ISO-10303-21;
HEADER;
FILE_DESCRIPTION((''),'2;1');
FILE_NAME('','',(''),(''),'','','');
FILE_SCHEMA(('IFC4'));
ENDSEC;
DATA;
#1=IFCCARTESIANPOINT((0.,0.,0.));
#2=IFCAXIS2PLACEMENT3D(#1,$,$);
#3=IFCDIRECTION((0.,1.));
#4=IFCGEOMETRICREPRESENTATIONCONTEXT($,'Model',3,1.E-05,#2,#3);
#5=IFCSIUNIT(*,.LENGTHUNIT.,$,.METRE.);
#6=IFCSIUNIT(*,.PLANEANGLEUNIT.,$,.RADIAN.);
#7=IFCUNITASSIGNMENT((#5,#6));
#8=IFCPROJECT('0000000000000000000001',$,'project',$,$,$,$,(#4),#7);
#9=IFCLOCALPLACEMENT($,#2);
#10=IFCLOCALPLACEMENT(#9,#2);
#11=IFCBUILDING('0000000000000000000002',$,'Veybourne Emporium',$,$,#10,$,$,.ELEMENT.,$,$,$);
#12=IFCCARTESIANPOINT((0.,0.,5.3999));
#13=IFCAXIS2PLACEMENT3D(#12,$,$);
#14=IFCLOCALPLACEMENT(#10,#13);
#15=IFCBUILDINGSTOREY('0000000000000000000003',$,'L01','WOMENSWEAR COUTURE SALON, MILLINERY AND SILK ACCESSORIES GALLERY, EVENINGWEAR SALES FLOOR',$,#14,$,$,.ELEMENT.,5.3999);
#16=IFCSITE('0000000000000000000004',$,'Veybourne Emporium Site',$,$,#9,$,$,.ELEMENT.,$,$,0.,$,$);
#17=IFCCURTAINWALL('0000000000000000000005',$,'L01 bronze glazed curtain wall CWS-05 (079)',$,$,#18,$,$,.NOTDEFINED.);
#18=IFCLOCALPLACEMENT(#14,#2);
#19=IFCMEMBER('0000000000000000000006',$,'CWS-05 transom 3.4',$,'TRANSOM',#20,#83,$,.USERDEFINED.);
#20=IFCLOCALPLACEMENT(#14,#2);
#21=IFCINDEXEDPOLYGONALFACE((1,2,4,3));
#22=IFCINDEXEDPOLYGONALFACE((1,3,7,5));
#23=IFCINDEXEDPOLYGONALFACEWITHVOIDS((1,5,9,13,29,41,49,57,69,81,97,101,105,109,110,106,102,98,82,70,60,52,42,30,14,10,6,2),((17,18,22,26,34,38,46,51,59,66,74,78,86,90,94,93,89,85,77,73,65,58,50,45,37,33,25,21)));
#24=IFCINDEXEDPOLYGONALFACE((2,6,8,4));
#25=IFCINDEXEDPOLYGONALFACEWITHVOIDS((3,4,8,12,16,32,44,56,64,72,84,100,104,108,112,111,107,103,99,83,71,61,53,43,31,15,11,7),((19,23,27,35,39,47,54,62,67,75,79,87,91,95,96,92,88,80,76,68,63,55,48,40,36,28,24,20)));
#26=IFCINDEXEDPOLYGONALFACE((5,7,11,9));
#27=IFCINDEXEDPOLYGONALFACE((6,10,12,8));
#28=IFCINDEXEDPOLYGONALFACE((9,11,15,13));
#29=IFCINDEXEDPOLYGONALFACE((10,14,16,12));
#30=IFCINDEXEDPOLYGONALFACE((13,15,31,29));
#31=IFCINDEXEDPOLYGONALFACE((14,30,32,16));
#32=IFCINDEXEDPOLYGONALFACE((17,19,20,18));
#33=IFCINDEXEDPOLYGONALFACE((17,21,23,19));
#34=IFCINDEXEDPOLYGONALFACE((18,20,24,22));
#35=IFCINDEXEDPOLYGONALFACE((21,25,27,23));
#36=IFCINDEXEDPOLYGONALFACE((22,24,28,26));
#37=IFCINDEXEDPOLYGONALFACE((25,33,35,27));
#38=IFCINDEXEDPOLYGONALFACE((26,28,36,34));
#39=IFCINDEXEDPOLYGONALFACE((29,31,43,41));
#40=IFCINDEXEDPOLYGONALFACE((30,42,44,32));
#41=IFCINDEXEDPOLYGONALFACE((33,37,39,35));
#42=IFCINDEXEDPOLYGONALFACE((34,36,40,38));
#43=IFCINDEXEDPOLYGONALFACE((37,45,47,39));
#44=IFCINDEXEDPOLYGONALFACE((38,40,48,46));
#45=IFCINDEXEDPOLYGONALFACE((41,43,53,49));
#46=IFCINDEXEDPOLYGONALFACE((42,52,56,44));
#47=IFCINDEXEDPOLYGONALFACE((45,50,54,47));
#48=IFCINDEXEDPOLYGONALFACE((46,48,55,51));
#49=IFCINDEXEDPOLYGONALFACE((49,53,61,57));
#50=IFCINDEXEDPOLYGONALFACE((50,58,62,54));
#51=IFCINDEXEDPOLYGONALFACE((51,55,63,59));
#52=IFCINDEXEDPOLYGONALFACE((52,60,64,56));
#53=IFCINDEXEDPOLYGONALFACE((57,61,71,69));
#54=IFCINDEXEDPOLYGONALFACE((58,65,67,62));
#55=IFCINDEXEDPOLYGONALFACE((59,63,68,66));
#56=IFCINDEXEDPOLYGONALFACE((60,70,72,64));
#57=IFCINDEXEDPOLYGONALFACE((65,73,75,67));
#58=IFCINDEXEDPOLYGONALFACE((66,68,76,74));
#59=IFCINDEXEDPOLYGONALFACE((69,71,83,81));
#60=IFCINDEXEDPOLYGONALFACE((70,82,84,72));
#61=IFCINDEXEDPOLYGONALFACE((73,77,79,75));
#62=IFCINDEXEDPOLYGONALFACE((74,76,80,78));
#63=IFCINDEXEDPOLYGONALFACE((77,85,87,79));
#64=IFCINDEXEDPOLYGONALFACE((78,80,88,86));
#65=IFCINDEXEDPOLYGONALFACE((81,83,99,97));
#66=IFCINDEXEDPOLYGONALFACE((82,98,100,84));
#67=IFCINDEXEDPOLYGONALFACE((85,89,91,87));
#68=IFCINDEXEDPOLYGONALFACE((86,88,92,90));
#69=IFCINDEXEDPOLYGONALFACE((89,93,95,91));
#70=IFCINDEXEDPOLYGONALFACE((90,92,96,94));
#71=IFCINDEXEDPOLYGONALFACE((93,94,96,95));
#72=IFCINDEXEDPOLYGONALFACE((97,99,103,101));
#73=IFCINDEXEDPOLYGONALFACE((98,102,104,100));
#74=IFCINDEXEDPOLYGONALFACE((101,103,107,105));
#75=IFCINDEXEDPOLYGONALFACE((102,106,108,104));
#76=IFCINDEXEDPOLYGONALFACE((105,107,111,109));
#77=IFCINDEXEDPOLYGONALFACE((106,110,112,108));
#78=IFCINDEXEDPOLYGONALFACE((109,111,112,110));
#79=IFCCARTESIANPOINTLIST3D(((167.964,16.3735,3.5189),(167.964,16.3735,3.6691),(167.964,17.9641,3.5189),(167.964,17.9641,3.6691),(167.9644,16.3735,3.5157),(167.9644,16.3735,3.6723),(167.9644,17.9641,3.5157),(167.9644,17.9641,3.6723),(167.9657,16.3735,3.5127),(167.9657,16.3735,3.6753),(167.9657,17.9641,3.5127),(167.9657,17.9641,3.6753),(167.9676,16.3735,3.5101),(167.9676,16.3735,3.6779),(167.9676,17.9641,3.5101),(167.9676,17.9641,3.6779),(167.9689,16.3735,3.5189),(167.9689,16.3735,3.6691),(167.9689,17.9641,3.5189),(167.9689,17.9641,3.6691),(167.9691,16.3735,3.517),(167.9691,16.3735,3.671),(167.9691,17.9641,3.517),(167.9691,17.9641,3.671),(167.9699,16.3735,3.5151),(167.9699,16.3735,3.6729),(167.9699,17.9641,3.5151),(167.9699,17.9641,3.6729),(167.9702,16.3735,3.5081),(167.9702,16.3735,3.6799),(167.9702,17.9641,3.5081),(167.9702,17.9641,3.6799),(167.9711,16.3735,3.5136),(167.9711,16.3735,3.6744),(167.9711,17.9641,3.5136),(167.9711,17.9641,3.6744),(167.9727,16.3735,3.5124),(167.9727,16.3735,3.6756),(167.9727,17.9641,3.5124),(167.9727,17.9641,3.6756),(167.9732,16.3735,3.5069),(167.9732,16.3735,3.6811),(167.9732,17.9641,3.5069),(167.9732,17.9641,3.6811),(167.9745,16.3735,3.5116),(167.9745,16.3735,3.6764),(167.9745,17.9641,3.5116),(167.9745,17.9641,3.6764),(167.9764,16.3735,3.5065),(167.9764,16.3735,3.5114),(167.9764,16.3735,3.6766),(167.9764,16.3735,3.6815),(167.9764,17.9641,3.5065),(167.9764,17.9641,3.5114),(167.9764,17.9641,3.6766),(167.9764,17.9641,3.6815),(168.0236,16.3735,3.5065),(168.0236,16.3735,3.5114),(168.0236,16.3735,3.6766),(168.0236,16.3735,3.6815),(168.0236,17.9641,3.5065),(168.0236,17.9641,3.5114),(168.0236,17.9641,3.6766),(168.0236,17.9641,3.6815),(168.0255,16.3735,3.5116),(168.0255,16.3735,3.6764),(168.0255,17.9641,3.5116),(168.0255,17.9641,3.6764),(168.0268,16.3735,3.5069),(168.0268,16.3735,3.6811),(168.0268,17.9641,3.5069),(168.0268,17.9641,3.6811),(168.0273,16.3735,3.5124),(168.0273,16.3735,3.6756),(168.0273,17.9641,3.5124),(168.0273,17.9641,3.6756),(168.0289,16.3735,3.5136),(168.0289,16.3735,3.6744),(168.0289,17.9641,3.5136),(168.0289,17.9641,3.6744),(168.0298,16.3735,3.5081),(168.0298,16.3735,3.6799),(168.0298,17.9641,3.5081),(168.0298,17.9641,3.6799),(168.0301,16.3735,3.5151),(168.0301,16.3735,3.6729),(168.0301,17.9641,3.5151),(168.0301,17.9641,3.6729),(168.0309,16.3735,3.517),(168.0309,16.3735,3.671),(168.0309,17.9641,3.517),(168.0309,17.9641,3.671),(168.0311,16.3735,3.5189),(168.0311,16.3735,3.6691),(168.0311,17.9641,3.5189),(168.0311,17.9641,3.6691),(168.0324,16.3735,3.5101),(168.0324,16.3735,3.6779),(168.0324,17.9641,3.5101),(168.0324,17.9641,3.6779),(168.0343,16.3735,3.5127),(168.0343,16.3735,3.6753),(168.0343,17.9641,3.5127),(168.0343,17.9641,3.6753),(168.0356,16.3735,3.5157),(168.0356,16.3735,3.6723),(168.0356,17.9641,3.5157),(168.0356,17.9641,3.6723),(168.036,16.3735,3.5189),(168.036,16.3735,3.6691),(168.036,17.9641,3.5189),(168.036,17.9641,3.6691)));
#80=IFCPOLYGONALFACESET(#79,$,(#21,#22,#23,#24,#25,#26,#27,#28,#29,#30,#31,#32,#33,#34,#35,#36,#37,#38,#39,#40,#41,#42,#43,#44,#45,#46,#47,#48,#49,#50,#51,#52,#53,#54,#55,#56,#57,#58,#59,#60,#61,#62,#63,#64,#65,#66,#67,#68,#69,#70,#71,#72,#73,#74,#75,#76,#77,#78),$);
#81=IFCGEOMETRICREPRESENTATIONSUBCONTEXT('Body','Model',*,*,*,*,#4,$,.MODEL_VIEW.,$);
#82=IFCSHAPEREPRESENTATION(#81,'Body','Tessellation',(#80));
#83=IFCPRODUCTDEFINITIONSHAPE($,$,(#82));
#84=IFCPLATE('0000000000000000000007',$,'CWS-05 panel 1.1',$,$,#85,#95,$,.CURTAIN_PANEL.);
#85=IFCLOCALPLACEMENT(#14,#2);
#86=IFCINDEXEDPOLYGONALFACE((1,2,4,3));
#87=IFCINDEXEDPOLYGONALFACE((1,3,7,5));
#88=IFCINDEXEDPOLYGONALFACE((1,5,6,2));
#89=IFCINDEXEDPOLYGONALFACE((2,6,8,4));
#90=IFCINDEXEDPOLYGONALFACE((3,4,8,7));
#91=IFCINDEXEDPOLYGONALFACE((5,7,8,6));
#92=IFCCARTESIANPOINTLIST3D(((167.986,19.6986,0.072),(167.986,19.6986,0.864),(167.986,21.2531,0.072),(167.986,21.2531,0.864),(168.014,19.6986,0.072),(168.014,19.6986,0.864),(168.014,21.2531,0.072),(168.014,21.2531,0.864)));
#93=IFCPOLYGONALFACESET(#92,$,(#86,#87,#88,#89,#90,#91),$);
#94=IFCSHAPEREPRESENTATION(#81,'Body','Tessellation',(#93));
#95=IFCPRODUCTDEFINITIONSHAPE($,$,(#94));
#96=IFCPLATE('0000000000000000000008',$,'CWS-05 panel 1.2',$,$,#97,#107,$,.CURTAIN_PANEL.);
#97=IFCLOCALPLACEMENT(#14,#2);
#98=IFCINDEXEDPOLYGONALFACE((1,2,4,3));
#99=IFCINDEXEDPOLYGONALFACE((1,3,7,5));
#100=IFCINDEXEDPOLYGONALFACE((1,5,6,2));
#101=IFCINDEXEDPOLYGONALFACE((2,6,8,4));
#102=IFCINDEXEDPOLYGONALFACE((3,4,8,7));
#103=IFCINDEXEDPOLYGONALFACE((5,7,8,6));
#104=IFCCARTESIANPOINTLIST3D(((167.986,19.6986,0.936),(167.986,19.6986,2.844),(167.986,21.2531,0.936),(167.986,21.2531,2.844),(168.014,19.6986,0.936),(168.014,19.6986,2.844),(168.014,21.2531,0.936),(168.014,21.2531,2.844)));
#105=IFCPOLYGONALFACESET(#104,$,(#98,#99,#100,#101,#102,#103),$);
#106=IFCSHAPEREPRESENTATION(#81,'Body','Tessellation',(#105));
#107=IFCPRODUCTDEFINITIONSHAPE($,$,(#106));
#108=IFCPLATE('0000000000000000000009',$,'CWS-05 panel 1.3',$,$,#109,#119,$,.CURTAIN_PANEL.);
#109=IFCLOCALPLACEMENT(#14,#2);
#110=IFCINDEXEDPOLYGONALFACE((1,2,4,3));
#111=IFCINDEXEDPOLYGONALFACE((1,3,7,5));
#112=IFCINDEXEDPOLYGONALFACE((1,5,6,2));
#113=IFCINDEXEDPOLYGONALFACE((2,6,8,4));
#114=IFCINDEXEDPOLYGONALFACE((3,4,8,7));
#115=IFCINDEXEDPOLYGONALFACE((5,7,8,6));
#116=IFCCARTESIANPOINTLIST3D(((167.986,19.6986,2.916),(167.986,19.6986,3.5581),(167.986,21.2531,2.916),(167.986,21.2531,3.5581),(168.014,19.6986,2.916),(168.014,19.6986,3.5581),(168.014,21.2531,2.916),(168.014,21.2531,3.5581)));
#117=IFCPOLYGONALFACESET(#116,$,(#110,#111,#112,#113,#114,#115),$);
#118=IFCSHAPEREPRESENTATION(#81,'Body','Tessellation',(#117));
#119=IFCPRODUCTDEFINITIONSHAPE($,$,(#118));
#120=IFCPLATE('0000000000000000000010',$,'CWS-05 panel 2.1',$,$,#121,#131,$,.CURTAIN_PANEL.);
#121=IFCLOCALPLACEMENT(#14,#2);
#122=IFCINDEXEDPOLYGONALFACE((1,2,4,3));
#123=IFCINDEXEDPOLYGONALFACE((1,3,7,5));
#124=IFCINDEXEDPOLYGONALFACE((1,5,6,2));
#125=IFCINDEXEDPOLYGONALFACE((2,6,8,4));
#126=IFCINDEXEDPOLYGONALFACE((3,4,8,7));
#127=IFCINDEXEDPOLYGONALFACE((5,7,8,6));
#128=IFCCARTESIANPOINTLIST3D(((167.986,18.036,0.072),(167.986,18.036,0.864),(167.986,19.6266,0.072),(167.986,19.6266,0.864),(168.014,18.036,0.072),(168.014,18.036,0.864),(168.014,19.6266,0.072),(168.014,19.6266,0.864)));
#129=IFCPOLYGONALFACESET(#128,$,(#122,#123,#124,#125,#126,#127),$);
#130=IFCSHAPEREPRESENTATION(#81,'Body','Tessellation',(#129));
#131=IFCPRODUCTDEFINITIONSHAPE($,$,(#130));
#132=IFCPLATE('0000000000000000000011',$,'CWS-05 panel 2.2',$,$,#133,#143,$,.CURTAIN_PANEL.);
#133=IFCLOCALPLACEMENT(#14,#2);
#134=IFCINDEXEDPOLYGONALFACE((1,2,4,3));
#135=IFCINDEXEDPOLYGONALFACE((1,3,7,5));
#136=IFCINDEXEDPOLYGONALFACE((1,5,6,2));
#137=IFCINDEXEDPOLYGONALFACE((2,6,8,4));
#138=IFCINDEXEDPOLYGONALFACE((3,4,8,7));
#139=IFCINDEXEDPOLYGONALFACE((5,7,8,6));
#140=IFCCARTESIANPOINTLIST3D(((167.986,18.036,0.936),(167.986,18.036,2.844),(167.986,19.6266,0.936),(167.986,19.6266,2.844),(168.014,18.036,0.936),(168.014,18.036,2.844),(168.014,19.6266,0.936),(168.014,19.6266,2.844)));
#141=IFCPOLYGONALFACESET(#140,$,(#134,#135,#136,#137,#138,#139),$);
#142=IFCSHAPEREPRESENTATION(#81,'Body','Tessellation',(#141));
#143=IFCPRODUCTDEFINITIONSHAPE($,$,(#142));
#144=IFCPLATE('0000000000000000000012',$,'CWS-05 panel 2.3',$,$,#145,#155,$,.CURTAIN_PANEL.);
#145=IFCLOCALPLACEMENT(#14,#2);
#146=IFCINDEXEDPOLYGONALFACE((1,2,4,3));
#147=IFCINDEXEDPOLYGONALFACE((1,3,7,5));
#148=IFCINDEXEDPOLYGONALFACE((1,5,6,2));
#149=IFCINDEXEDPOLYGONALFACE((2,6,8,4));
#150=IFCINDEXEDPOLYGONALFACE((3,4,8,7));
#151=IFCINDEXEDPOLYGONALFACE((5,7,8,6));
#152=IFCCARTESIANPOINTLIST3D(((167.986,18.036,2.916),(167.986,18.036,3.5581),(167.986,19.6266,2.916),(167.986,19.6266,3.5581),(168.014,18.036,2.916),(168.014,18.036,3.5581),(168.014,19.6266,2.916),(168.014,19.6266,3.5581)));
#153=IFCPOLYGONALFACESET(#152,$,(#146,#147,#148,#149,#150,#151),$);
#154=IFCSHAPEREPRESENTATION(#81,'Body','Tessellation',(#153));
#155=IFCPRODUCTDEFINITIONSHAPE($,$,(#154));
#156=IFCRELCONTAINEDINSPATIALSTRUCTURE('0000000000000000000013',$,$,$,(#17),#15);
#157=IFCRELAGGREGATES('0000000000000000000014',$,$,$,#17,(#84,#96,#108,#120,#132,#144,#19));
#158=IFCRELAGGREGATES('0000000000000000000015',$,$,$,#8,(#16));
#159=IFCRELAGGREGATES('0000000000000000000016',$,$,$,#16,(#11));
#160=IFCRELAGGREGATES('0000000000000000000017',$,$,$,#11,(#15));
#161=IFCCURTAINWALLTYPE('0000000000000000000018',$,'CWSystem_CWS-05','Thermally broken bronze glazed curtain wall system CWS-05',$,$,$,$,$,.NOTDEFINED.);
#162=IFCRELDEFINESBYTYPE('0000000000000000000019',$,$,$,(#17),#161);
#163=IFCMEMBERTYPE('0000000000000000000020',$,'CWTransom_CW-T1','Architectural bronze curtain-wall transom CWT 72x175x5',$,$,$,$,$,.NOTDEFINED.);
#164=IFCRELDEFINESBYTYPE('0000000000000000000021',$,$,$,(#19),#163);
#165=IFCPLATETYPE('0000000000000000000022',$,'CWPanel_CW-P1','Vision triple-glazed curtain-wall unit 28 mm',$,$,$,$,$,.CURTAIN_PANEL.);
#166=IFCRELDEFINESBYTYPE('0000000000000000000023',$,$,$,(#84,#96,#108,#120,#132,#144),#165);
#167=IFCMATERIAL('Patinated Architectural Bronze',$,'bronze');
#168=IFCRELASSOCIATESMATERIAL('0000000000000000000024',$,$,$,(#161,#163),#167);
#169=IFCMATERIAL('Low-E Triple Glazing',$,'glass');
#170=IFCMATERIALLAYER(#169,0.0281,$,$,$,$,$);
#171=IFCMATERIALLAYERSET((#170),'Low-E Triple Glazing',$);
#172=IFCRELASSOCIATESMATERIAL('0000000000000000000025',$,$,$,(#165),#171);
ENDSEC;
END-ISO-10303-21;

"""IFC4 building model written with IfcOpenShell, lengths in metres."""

from ifc_helpers import new_model, si_unit, direction, frame, origin, origin_2d, place, context, subcontext, project, spatial, rectangle, hollow_rectangle, extrude, material, layer, layer_set, material_profile, profile_set, type_object, element, aggregate, save


model = new_model("IFC4")

# Units and contexts
model_context = context("Model", 3, precision=1e-05, world=origin(), true_north=direction((0.0, 1.0)))
body_context = subcontext(model_context, "Body", "Model", "MODEL_VIEW")
ifc_project = project(units=[si_unit("LENGTHUNIT", "METRE"), si_unit("PLANEANGLEUNIT", "RADIAN")], contexts=[model_context])

# Site, building, storey
site_placement = place(None, origin())
site = spatial("IfcSite", under=ifc_project, at=site_placement, Name="Veybourne Emporium Site", CompositionType="ELEMENT", RefElevation=0.0)
building_placement = place(site_placement, origin())
building = spatial("IfcBuilding", under=site, at=building_placement, Name="Veybourne Emporium", CompositionType="ELEMENT")
storey_placement = place(building_placement, frame((0.0, 0.0, 5.3999)))
storey = spatial("IfcBuildingStorey", under=building, at=storey_placement, Name="L01", Description="WOMENSWEAR COUTURE SALON, MILLINERY AND SILK ACCESSORIES GALLERY, EVENINGWEAR SALES FLOOR", CompositionType="ELEMENT", Elevation=5.3999)

# Curtain wall, member, plates
ifc_material_1 = material(Name="Patinated Architectural Bronze", Category="bronze")
curtain_wall_type = type_object("IfcCurtainWallType", Name="CWSystem_CWS-05", Description="Thermally broken bronze glazed curtain wall system CWS-05", PredefinedType="NOTDEFINED", material=ifc_material_1)
curtain_wall_placement = place(storey_placement, origin())
curtain_wall = element("IfcCurtainWall", 1, at=curtain_wall_placement, inside=storey, type_object=curtain_wall_type, Name="L01 bronze glazed curtain wall CWS-05 (079)", PredefinedType="NOTDEFINED")
ifc_material_profile_1 = material_profile(ifc_material_1, hollow_rectangle(XDim=0.072, YDim=0.175, WallThickness=0.0049, InnerFilletRadius=0.0076, OuterFilletRadius=0.0125, at=origin_2d()), Name="CWT 72x175x5")
ifc_profile_set_1 = profile_set([ifc_material_profile_1], Name="Patinated Architectural Bronze")
member_type_1 = type_object("IfcMemberType", Name="CWTransom_CW-T1", Description="Architectural bronze curtain-wall transom CWT 72x175x5", PredefinedType="NOTDEFINED", material=ifc_profile_set_1)
member_1_placement = place(storey_placement, frame((168.0, 17.9641, 3.594), z_axis=(0.0, -1.0, 0.0), x_axis=(1.0, 0.0, 0.0)))
member_1 = element("IfcMember", 2, at=member_1_placement, type_object=member_type_1, Name="CWS-05 transom 3.4", ObjectType="TRANSOM", PredefinedType="USERDEFINED", context=body_context, shape_type="SweptSolid", body=[
    extrude(hollow_rectangle(XDim=0.072, YDim=0.175, WallThickness=0.0049, InnerFilletRadius=0.0076, OuterFilletRadius=0.0125, at=origin_2d()), origin(), (0.0, 0.0, 1.0), 1.5906),
])
ifc_material_2 = material(Name="Low-E Triple Glazing", Category="glass")
ifc_layer_1 = layer(ifc_material_2, 0.0281)
ifc_layer_set_1 = layer_set([ifc_layer_1], Name="Low-E Triple Glazing")
plate_type = type_object("IfcPlateType", Name="CWPanel_CW-P1", Description="Vision triple-glazed curtain-wall unit 28 mm", PredefinedType="CURTAIN_PANEL", material=ifc_layer_set_1)
plate_1_placement = place(storey_placement, frame((168.0, 20.4758, 0.072), z_axis=(0.0, 0.0, 1.0), x_axis=(0.0, -1.0, 0.0)))
plate_1 = element("IfcPlate", 3, at=plate_1_placement, type_object=plate_type, Name="CWS-05 panel 1.1", PredefinedType="CURTAIN_PANEL", context=body_context, shape_type="SweptSolid", body=[
    extrude(rectangle(XDim=1.5544, YDim=0.0281, at=origin_2d()), origin(), (0.0, 0.0, 1.0), 0.792),
])
plate_2_placement = place(storey_placement, frame((168.0, 20.4758, 0.936), z_axis=(0.0, 0.0, 1.0), x_axis=(0.0, -1.0, 0.0)))
plate_2 = element("IfcPlate", 4, at=plate_2_placement, type_object=plate_type, Name="CWS-05 panel 1.2", PredefinedType="CURTAIN_PANEL", context=body_context, shape_type="SweptSolid", body=[
    extrude(rectangle(XDim=1.5544, YDim=0.0281, at=origin_2d()), origin(), (0.0, 0.0, 1.0), 1.908),
])
plate_3_placement = place(storey_placement, frame((168.0, 20.4758, 2.916), z_axis=(0.0, 0.0, 1.0), x_axis=(0.0, -1.0, 0.0)))
plate_3 = element("IfcPlate", 5, at=plate_3_placement, type_object=plate_type, Name="CWS-05 panel 1.3", PredefinedType="CURTAIN_PANEL", context=body_context, shape_type="SweptSolid", body=[
    extrude(rectangle(XDim=1.5544, YDim=0.0281, at=origin_2d()), origin(), (0.0, 0.0, 1.0), 0.6421),
])
plate_4_placement = place(storey_placement, frame((168.0, 18.8313, 0.072), z_axis=(0.0, 0.0, 1.0), x_axis=(0.0, -1.0, 0.0)))
plate_4 = element("IfcPlate", 6, at=plate_4_placement, type_object=plate_type, Name="CWS-05 panel 2.1", PredefinedType="CURTAIN_PANEL", context=body_context, shape_type="SweptSolid", body=[
    extrude(rectangle(XDim=1.5906, YDim=0.0281, at=origin_2d()), origin(), (0.0, 0.0, 1.0), 0.792),
])
plate_5_placement = place(storey_placement, frame((168.0, 18.8313, 0.936), z_axis=(0.0, 0.0, 1.0), x_axis=(0.0, -1.0, 0.0)))
plate_5 = element("IfcPlate", 7, at=plate_5_placement, type_object=plate_type, Name="CWS-05 panel 2.2", PredefinedType="CURTAIN_PANEL", context=body_context, shape_type="SweptSolid", body=[
    extrude(rectangle(XDim=1.5906, YDim=0.0281, at=origin_2d()), origin(), (0.0, 0.0, 1.0), 1.908),
])
plate_6_placement = place(storey_placement, frame((168.0, 18.8313, 2.916), z_axis=(0.0, 0.0, 1.0), x_axis=(0.0, -1.0, 0.0)))
plate_6 = element("IfcPlate", 8, at=plate_6_placement, type_object=plate_type, Name="CWS-05 panel 2.3", PredefinedType="CURTAIN_PANEL", context=body_context, shape_type="SweptSolid", body=[
    extrude(rectangle(XDim=1.5906, YDim=0.0281, at=origin_2d()), origin(), (0.0, 0.0, 1.0), 0.6421),
])
aggregate(curtain_wall, [plate_1, plate_2, plate_3, plate_4, plate_5, plate_6, member_1])

save(model, "model.ifc")
